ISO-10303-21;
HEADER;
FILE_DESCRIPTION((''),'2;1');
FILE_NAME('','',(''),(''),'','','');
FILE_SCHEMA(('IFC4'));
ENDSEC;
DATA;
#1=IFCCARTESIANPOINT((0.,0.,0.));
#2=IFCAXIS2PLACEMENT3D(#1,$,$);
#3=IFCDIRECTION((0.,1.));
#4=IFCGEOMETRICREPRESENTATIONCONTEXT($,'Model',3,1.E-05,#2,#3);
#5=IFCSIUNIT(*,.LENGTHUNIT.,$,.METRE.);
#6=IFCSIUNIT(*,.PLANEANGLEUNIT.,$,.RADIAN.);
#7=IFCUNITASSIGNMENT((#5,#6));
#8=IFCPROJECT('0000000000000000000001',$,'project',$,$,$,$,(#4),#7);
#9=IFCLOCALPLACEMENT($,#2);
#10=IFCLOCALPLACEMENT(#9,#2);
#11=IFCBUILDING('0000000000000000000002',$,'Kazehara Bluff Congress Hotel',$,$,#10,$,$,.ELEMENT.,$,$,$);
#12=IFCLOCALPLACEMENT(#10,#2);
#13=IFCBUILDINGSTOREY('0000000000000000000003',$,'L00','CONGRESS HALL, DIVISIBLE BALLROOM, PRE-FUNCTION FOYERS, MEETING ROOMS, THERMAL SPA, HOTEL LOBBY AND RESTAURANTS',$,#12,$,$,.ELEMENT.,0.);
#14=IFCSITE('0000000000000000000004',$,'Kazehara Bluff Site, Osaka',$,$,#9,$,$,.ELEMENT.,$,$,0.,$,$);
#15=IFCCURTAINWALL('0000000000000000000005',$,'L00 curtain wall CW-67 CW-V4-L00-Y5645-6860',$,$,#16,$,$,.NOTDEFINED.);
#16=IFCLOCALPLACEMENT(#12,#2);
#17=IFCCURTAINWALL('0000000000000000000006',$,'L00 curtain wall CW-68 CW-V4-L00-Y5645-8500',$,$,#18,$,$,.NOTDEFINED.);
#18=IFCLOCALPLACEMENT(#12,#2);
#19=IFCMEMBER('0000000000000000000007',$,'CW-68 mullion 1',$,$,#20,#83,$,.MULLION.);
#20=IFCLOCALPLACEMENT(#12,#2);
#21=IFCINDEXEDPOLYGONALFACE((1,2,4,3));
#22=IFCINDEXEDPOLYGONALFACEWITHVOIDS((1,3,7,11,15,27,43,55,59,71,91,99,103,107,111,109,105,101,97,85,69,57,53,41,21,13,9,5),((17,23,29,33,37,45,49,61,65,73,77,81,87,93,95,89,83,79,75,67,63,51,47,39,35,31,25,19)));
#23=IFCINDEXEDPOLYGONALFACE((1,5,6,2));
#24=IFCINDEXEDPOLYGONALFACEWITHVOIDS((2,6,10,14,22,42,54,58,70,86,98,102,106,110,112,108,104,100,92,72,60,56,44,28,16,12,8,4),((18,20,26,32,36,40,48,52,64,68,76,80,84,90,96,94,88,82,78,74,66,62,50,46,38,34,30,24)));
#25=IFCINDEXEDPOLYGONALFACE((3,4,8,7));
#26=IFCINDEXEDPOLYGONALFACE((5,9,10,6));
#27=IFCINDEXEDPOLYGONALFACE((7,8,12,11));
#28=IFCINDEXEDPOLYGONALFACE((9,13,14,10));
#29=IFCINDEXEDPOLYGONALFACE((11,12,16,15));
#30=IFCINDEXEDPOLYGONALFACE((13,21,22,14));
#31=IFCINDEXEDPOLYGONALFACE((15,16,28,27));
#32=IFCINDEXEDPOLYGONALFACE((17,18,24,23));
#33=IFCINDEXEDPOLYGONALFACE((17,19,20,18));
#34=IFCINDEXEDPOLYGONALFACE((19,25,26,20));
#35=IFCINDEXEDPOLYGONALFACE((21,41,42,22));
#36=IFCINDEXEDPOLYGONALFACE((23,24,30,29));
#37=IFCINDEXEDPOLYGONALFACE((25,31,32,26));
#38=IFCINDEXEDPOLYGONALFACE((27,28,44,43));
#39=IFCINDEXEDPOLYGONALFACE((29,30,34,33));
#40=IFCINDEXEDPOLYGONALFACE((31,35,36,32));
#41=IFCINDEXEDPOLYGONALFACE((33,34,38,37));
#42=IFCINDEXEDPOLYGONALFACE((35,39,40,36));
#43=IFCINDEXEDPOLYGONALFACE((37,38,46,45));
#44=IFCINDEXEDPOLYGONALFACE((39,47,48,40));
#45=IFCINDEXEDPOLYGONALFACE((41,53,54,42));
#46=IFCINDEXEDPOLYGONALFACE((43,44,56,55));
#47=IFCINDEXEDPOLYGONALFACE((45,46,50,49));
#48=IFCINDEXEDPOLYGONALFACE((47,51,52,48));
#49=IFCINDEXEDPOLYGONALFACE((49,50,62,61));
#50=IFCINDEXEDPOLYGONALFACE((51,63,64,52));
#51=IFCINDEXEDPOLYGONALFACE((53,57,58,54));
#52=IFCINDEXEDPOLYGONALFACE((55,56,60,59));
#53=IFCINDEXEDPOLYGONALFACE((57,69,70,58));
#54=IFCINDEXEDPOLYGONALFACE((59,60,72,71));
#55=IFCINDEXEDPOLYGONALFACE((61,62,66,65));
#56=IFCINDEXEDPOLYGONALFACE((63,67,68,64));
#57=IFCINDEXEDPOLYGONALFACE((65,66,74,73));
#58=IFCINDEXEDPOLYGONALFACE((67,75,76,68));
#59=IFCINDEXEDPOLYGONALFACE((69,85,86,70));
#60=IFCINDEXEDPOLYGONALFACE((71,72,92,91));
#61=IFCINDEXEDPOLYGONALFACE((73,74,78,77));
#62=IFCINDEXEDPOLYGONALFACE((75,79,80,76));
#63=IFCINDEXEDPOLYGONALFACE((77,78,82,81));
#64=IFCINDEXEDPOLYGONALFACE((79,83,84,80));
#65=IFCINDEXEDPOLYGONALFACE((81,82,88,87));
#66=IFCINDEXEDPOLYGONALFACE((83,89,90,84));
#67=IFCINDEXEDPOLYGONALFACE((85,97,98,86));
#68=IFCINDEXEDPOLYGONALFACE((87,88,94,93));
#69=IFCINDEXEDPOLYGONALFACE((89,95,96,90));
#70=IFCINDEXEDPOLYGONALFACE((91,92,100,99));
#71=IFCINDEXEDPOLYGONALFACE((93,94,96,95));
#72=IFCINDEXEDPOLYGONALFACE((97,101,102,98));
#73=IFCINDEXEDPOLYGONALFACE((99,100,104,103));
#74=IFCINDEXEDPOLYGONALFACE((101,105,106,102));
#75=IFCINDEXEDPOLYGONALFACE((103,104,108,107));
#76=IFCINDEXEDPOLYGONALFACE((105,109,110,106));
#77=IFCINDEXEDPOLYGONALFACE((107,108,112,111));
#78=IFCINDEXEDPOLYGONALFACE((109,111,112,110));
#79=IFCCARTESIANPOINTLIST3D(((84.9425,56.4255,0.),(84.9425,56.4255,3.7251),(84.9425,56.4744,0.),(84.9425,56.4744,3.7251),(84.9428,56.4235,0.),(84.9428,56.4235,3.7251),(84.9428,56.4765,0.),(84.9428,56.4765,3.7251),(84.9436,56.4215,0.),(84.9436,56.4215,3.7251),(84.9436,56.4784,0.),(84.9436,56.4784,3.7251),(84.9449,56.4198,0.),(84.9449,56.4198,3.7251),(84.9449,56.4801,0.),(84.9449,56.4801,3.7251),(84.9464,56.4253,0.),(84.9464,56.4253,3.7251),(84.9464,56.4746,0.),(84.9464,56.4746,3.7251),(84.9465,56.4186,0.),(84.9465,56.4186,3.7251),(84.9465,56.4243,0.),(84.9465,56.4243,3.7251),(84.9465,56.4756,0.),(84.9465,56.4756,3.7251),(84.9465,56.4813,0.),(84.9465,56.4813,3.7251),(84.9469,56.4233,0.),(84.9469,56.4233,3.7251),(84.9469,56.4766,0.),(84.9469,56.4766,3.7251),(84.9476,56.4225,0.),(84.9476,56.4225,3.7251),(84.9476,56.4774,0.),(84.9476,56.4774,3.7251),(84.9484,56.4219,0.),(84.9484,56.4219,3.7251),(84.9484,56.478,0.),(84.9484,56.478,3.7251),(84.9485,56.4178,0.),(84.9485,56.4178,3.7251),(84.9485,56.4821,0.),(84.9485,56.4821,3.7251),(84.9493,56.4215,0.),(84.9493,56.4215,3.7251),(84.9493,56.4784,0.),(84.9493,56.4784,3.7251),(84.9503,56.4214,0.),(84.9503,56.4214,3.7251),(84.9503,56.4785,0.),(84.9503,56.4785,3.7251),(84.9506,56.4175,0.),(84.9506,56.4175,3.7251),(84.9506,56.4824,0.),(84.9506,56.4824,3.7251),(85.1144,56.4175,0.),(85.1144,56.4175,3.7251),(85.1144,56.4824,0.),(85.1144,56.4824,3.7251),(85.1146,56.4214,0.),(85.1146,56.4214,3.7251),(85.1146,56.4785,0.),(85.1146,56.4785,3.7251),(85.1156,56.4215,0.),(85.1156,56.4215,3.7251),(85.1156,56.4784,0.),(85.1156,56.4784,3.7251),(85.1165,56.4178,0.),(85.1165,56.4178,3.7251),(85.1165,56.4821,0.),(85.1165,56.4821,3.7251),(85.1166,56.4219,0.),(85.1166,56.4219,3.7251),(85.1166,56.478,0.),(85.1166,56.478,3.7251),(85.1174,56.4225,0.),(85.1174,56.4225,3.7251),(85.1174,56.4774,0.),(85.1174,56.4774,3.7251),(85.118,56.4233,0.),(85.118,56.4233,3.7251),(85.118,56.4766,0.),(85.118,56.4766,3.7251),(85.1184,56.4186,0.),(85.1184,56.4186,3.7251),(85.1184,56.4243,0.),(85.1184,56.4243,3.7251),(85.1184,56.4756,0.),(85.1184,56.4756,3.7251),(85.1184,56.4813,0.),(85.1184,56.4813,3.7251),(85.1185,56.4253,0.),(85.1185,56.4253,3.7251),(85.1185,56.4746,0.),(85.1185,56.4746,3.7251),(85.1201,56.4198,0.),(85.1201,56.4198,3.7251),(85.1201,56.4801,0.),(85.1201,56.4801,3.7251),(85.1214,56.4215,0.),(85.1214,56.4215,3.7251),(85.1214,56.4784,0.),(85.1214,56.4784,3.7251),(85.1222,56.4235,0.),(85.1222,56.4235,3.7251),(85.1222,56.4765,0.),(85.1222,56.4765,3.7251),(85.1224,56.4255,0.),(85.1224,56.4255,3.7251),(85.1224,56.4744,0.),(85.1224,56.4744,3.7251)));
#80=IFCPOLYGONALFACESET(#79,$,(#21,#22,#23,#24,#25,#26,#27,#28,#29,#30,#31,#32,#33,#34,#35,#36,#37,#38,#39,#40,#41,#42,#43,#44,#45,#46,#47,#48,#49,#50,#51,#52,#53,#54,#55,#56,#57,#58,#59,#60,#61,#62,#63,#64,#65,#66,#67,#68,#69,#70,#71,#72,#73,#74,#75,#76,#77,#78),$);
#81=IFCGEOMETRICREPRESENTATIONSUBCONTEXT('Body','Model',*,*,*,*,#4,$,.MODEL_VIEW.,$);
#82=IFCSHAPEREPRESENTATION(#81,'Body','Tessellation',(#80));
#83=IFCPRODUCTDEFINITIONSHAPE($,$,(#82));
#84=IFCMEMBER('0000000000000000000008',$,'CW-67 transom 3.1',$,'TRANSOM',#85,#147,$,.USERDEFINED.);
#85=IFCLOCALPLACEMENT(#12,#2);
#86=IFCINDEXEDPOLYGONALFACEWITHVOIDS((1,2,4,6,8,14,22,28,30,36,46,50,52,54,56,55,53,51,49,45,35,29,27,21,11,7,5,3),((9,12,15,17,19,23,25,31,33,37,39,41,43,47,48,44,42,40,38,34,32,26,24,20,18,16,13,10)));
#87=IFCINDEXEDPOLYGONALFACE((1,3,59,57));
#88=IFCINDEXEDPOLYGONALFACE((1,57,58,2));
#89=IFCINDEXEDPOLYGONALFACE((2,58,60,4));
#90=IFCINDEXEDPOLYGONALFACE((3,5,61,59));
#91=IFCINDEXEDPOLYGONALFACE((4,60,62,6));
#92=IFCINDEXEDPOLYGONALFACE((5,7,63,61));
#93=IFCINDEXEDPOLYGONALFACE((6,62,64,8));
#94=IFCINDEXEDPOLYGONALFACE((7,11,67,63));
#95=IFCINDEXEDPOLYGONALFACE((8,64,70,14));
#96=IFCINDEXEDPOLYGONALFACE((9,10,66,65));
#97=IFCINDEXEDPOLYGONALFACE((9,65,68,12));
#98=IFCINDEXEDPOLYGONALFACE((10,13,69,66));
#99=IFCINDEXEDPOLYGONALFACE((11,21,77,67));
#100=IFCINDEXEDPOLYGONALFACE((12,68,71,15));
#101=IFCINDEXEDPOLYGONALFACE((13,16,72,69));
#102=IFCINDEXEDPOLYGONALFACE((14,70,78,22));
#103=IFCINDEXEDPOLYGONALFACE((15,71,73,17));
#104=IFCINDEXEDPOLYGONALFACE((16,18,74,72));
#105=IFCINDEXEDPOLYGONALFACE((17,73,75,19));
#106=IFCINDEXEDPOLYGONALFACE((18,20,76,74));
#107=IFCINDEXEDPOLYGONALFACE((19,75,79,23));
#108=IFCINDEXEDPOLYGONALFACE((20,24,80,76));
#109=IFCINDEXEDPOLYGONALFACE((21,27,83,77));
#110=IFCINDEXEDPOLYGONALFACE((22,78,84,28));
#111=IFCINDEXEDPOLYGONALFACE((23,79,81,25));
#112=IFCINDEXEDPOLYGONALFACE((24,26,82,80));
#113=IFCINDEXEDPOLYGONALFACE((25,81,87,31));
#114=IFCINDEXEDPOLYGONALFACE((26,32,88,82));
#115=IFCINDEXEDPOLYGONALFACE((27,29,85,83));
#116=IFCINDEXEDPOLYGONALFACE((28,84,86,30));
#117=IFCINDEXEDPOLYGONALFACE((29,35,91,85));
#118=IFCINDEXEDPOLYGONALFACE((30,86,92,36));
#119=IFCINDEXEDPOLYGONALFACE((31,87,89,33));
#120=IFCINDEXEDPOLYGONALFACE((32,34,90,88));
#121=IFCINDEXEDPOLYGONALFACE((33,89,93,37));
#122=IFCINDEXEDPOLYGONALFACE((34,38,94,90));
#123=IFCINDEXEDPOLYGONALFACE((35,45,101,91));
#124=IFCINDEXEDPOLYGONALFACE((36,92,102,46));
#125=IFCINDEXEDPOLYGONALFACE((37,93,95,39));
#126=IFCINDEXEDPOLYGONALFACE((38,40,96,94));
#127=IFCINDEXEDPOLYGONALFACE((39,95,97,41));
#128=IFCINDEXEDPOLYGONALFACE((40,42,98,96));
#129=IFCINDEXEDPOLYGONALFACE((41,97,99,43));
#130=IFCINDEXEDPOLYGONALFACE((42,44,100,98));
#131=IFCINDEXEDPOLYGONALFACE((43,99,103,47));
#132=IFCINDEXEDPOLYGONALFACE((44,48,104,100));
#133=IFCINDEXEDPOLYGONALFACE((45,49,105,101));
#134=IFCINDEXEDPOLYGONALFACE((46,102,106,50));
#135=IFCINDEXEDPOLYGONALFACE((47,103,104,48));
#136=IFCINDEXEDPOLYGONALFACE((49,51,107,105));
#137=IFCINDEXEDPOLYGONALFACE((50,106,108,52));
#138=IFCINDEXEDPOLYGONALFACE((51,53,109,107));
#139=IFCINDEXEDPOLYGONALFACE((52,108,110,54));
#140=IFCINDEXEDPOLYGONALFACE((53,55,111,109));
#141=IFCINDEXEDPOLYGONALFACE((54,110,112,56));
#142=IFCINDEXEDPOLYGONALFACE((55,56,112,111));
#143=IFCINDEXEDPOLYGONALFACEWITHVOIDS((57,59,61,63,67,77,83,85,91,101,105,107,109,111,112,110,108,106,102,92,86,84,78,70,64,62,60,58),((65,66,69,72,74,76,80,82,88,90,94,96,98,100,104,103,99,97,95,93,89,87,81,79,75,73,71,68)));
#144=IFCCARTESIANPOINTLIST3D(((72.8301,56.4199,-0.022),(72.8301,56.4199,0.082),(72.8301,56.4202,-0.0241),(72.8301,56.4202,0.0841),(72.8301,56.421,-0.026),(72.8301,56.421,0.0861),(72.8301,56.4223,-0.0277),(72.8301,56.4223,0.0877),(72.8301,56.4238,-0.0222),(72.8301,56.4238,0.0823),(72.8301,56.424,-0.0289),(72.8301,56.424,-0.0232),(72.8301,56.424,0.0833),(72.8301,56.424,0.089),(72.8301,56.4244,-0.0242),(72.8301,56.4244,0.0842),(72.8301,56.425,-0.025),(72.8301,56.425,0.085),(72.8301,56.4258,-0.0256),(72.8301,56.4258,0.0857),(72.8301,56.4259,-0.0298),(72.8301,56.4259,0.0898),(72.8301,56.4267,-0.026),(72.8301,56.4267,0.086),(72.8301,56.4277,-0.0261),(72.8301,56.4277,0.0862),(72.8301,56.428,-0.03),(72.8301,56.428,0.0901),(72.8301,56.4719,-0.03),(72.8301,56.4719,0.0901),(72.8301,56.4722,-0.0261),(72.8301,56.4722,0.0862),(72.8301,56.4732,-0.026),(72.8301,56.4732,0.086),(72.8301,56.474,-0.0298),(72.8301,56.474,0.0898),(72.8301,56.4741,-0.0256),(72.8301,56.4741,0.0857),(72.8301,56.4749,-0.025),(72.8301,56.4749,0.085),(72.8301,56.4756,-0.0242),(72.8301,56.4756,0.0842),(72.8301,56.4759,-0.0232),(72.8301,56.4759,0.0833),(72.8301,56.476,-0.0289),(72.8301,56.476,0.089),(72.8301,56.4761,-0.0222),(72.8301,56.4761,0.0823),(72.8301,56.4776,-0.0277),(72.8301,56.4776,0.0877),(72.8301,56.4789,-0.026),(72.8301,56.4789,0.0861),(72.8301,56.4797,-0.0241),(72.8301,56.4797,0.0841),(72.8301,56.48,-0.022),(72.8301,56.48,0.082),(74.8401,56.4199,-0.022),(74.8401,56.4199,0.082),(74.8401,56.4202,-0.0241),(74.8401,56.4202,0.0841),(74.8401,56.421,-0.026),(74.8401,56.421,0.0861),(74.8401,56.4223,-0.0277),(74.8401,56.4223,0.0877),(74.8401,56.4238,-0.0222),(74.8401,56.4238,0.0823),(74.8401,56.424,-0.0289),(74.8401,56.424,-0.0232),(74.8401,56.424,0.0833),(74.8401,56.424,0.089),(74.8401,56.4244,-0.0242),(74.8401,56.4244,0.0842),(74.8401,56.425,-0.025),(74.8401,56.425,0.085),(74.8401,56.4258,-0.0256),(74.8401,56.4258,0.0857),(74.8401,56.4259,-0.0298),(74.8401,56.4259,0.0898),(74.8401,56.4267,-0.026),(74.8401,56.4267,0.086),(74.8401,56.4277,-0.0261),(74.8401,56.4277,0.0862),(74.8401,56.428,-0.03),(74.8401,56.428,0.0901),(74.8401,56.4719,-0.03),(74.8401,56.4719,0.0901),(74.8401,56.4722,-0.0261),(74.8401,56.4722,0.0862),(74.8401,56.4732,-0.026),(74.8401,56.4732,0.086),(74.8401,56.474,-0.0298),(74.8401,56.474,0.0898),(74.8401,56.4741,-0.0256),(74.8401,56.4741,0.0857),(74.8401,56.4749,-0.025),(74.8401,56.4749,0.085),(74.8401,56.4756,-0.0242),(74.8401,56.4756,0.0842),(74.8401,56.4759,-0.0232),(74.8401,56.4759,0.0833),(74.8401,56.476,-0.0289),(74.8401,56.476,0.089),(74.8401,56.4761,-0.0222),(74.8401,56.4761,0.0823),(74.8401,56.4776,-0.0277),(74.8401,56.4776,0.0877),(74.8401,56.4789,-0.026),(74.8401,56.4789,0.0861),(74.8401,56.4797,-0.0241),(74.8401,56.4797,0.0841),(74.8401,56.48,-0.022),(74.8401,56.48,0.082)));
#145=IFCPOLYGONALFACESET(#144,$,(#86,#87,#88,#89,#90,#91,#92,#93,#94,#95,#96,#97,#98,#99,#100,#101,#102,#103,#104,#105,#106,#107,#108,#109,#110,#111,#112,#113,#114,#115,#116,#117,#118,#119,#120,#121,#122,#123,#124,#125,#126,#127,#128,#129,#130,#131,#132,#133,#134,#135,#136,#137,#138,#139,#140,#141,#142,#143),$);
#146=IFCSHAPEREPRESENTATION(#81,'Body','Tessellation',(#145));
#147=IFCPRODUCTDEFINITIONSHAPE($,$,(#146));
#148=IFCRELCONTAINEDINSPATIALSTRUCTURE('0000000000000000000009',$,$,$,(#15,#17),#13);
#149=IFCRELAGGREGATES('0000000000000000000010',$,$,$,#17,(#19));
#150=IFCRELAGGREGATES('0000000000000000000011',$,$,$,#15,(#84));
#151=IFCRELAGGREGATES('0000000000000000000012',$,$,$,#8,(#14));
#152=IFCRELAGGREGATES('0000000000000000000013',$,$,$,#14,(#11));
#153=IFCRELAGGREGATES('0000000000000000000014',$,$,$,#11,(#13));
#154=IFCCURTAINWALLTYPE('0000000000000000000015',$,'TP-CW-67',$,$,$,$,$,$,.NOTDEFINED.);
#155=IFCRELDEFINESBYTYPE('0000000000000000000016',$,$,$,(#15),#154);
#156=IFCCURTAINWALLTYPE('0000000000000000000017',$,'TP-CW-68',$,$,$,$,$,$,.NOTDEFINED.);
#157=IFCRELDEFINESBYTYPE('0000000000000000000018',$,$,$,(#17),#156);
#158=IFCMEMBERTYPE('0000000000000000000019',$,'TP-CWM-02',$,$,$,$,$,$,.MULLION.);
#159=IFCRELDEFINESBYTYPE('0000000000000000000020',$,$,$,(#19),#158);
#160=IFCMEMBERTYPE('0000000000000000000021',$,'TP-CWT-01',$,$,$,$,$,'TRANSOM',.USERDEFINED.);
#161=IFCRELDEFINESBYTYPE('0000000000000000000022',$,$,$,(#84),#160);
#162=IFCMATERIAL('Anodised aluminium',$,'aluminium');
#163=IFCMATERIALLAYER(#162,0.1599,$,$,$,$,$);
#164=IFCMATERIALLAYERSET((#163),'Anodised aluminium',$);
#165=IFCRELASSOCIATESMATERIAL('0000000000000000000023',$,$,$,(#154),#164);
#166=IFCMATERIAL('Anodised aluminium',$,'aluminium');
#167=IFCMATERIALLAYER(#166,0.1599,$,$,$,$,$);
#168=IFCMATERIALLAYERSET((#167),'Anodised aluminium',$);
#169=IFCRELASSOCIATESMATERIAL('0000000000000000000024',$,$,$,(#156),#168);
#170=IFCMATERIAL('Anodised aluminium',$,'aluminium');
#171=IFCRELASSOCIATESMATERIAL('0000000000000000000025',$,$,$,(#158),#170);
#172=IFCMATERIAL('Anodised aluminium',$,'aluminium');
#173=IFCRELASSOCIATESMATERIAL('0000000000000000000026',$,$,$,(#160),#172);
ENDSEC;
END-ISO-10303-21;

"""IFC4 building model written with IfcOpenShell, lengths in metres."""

from ifc_helpers import new_model, si_unit, direction, frame, origin, origin_2d, place, context, subcontext, project, spatial, hollow_rectangle, extrude, material, layer, layer_set, material_profile, profile_set, type_object, element, aggregate, save


model = new_model("IFC4")

# Units and contexts
model_context = context("Model", 3, precision=1e-05, world=origin(), true_north=direction((0.0, 1.0)))
body_context = subcontext(model_context, "Body", "Model", "MODEL_VIEW")
ifc_project = project(units=[si_unit("LENGTHUNIT", "METRE"), si_unit("PLANEANGLEUNIT", "RADIAN")], contexts=[model_context])

# Site, building, storey
site_placement = place(None, origin())
site = spatial("IfcSite", under=ifc_project, at=site_placement, Name="Kazehara Bluff Site, Osaka", CompositionType="ELEMENT", RefElevation=0.0)
building_placement = place(site_placement, origin())
building = spatial("IfcBuilding", under=site, at=building_placement, Name="Kazehara Bluff Congress Hotel", CompositionType="ELEMENT")
storey_placement = place(building_placement, origin())
storey = spatial("IfcBuildingStorey", under=building, at=storey_placement, Name="L00", Description="CONGRESS HALL, DIVISIBLE BALLROOM, PRE-FUNCTION FOYERS, MEETING ROOMS, THERMAL SPA, HOTEL LOBBY AND RESTAURANTS", CompositionType="ELEMENT", Elevation=0.0)

# Curtain wall
ifc_material_1 = material(Name="Anodised aluminium", Category="aluminium")
ifc_layer_1 = layer(ifc_material_1, 0.1599)
ifc_layer_set_1 = layer_set([ifc_layer_1], Name="Anodised aluminium")
curtain_wall_type_1 = type_object("IfcCurtainWallType", Name="TP-CW-67", PredefinedType="NOTDEFINED", material=ifc_layer_set_1)
curtain_wall_1_placement = place(storey_placement, origin())
curtain_wall_1 = element("IfcCurtainWall", 1, at=curtain_wall_1_placement, inside=storey, type_object=curtain_wall_type_1, Name="L00 curtain wall CW-67 CW-V4-L00-Y5645-6860", PredefinedType="NOTDEFINED")

# Curtain wall, member
ifc_material_2 = material(Name="Anodised aluminium", Category="aluminium")
ifc_layer_2 = layer(ifc_material_2, 0.1599)
ifc_layer_set_2 = layer_set([ifc_layer_2], Name="Anodised aluminium")
curtain_wall_type_2 = type_object("IfcCurtainWallType", Name="TP-CW-68", PredefinedType="NOTDEFINED", material=ifc_layer_set_2)
curtain_wall_2_placement = place(storey_placement, origin())
curtain_wall_2 = element("IfcCurtainWall", 2, at=curtain_wall_2_placement, inside=storey, type_object=curtain_wall_type_2, Name="L00 curtain wall CW-68 CW-V4-L00-Y5645-8500", PredefinedType="NOTDEFINED")
ifc_material_3 = material(Name="Anodised aluminium", Category="aluminium")
ifc_material_profile_1 = material_profile(ifc_material_3, hollow_rectangle(XDim=0.0649, YDim=0.1799, WallThickness=0.0039, InnerFilletRadius=0.0039, OuterFilletRadius=0.0081, at=origin_2d()))
ifc_profile_set_1 = profile_set([ifc_material_profile_1], Name="Anodised aluminium")
member_type_1 = type_object("IfcMemberType", Name="TP-CWM-02", PredefinedType="MULLION", material=ifc_profile_set_1)
member_1_placement = place(storey_placement, frame((85.0325, 56.45, 0.0), z_axis=(0.0, 0.0, 1.0), x_axis=(0.0, 1.0, 0.0)))
member_1 = element("IfcMember", 3, at=member_1_placement, type_object=member_type_1, Name="CW-68 mullion 1", PredefinedType="MULLION", context=body_context, shape_type="SweptSolid", body=[
    extrude(hollow_rectangle(XDim=0.0649, YDim=0.1799, WallThickness=0.0039, InnerFilletRadius=0.0039, OuterFilletRadius=0.0081, at=origin_2d()), origin(), (0.0, 0.0, 1.0), 3.7251),
])

# Member
ifc_material_4 = material(Name="Anodised aluminium", Category="aluminium")
ifc_material_profile_2 = material_profile(ifc_material_4, hollow_rectangle(XDim=0.0601, YDim=0.1201, WallThickness=0.0039, InnerFilletRadius=0.0039, OuterFilletRadius=0.0081, at=origin_2d()))
ifc_profile_set_2 = profile_set([ifc_material_profile_2], Name="Anodised aluminium")
member_type_2 = type_object("IfcMemberType", Name="TP-CWT-01", ElementType="TRANSOM", PredefinedType="USERDEFINED", material=ifc_profile_set_2)
member_2_placement = place(storey_placement, frame((72.8301, 56.45, 0.03), z_axis=(1.0, 0.0, 0.0), x_axis=(0.0, 1.0, 0.0)))
member_2 = element("IfcMember", 4, at=member_2_placement, type_object=member_type_2, Name="CW-67 transom 3.1", ObjectType="TRANSOM", PredefinedType="USERDEFINED", context=body_context, shape_type="SweptSolid", body=[
    extrude(hollow_rectangle(XDim=0.0601, YDim=0.1201, WallThickness=0.0039, InnerFilletRadius=0.0039, OuterFilletRadius=0.0081, at=origin_2d()), origin(), (0.0, 0.0, 1.0), 2.01),
])
aggregate(curtain_wall_2, [member_1])

aggregate(curtain_wall_1, [member_2])

save(model, "model.ifc")
